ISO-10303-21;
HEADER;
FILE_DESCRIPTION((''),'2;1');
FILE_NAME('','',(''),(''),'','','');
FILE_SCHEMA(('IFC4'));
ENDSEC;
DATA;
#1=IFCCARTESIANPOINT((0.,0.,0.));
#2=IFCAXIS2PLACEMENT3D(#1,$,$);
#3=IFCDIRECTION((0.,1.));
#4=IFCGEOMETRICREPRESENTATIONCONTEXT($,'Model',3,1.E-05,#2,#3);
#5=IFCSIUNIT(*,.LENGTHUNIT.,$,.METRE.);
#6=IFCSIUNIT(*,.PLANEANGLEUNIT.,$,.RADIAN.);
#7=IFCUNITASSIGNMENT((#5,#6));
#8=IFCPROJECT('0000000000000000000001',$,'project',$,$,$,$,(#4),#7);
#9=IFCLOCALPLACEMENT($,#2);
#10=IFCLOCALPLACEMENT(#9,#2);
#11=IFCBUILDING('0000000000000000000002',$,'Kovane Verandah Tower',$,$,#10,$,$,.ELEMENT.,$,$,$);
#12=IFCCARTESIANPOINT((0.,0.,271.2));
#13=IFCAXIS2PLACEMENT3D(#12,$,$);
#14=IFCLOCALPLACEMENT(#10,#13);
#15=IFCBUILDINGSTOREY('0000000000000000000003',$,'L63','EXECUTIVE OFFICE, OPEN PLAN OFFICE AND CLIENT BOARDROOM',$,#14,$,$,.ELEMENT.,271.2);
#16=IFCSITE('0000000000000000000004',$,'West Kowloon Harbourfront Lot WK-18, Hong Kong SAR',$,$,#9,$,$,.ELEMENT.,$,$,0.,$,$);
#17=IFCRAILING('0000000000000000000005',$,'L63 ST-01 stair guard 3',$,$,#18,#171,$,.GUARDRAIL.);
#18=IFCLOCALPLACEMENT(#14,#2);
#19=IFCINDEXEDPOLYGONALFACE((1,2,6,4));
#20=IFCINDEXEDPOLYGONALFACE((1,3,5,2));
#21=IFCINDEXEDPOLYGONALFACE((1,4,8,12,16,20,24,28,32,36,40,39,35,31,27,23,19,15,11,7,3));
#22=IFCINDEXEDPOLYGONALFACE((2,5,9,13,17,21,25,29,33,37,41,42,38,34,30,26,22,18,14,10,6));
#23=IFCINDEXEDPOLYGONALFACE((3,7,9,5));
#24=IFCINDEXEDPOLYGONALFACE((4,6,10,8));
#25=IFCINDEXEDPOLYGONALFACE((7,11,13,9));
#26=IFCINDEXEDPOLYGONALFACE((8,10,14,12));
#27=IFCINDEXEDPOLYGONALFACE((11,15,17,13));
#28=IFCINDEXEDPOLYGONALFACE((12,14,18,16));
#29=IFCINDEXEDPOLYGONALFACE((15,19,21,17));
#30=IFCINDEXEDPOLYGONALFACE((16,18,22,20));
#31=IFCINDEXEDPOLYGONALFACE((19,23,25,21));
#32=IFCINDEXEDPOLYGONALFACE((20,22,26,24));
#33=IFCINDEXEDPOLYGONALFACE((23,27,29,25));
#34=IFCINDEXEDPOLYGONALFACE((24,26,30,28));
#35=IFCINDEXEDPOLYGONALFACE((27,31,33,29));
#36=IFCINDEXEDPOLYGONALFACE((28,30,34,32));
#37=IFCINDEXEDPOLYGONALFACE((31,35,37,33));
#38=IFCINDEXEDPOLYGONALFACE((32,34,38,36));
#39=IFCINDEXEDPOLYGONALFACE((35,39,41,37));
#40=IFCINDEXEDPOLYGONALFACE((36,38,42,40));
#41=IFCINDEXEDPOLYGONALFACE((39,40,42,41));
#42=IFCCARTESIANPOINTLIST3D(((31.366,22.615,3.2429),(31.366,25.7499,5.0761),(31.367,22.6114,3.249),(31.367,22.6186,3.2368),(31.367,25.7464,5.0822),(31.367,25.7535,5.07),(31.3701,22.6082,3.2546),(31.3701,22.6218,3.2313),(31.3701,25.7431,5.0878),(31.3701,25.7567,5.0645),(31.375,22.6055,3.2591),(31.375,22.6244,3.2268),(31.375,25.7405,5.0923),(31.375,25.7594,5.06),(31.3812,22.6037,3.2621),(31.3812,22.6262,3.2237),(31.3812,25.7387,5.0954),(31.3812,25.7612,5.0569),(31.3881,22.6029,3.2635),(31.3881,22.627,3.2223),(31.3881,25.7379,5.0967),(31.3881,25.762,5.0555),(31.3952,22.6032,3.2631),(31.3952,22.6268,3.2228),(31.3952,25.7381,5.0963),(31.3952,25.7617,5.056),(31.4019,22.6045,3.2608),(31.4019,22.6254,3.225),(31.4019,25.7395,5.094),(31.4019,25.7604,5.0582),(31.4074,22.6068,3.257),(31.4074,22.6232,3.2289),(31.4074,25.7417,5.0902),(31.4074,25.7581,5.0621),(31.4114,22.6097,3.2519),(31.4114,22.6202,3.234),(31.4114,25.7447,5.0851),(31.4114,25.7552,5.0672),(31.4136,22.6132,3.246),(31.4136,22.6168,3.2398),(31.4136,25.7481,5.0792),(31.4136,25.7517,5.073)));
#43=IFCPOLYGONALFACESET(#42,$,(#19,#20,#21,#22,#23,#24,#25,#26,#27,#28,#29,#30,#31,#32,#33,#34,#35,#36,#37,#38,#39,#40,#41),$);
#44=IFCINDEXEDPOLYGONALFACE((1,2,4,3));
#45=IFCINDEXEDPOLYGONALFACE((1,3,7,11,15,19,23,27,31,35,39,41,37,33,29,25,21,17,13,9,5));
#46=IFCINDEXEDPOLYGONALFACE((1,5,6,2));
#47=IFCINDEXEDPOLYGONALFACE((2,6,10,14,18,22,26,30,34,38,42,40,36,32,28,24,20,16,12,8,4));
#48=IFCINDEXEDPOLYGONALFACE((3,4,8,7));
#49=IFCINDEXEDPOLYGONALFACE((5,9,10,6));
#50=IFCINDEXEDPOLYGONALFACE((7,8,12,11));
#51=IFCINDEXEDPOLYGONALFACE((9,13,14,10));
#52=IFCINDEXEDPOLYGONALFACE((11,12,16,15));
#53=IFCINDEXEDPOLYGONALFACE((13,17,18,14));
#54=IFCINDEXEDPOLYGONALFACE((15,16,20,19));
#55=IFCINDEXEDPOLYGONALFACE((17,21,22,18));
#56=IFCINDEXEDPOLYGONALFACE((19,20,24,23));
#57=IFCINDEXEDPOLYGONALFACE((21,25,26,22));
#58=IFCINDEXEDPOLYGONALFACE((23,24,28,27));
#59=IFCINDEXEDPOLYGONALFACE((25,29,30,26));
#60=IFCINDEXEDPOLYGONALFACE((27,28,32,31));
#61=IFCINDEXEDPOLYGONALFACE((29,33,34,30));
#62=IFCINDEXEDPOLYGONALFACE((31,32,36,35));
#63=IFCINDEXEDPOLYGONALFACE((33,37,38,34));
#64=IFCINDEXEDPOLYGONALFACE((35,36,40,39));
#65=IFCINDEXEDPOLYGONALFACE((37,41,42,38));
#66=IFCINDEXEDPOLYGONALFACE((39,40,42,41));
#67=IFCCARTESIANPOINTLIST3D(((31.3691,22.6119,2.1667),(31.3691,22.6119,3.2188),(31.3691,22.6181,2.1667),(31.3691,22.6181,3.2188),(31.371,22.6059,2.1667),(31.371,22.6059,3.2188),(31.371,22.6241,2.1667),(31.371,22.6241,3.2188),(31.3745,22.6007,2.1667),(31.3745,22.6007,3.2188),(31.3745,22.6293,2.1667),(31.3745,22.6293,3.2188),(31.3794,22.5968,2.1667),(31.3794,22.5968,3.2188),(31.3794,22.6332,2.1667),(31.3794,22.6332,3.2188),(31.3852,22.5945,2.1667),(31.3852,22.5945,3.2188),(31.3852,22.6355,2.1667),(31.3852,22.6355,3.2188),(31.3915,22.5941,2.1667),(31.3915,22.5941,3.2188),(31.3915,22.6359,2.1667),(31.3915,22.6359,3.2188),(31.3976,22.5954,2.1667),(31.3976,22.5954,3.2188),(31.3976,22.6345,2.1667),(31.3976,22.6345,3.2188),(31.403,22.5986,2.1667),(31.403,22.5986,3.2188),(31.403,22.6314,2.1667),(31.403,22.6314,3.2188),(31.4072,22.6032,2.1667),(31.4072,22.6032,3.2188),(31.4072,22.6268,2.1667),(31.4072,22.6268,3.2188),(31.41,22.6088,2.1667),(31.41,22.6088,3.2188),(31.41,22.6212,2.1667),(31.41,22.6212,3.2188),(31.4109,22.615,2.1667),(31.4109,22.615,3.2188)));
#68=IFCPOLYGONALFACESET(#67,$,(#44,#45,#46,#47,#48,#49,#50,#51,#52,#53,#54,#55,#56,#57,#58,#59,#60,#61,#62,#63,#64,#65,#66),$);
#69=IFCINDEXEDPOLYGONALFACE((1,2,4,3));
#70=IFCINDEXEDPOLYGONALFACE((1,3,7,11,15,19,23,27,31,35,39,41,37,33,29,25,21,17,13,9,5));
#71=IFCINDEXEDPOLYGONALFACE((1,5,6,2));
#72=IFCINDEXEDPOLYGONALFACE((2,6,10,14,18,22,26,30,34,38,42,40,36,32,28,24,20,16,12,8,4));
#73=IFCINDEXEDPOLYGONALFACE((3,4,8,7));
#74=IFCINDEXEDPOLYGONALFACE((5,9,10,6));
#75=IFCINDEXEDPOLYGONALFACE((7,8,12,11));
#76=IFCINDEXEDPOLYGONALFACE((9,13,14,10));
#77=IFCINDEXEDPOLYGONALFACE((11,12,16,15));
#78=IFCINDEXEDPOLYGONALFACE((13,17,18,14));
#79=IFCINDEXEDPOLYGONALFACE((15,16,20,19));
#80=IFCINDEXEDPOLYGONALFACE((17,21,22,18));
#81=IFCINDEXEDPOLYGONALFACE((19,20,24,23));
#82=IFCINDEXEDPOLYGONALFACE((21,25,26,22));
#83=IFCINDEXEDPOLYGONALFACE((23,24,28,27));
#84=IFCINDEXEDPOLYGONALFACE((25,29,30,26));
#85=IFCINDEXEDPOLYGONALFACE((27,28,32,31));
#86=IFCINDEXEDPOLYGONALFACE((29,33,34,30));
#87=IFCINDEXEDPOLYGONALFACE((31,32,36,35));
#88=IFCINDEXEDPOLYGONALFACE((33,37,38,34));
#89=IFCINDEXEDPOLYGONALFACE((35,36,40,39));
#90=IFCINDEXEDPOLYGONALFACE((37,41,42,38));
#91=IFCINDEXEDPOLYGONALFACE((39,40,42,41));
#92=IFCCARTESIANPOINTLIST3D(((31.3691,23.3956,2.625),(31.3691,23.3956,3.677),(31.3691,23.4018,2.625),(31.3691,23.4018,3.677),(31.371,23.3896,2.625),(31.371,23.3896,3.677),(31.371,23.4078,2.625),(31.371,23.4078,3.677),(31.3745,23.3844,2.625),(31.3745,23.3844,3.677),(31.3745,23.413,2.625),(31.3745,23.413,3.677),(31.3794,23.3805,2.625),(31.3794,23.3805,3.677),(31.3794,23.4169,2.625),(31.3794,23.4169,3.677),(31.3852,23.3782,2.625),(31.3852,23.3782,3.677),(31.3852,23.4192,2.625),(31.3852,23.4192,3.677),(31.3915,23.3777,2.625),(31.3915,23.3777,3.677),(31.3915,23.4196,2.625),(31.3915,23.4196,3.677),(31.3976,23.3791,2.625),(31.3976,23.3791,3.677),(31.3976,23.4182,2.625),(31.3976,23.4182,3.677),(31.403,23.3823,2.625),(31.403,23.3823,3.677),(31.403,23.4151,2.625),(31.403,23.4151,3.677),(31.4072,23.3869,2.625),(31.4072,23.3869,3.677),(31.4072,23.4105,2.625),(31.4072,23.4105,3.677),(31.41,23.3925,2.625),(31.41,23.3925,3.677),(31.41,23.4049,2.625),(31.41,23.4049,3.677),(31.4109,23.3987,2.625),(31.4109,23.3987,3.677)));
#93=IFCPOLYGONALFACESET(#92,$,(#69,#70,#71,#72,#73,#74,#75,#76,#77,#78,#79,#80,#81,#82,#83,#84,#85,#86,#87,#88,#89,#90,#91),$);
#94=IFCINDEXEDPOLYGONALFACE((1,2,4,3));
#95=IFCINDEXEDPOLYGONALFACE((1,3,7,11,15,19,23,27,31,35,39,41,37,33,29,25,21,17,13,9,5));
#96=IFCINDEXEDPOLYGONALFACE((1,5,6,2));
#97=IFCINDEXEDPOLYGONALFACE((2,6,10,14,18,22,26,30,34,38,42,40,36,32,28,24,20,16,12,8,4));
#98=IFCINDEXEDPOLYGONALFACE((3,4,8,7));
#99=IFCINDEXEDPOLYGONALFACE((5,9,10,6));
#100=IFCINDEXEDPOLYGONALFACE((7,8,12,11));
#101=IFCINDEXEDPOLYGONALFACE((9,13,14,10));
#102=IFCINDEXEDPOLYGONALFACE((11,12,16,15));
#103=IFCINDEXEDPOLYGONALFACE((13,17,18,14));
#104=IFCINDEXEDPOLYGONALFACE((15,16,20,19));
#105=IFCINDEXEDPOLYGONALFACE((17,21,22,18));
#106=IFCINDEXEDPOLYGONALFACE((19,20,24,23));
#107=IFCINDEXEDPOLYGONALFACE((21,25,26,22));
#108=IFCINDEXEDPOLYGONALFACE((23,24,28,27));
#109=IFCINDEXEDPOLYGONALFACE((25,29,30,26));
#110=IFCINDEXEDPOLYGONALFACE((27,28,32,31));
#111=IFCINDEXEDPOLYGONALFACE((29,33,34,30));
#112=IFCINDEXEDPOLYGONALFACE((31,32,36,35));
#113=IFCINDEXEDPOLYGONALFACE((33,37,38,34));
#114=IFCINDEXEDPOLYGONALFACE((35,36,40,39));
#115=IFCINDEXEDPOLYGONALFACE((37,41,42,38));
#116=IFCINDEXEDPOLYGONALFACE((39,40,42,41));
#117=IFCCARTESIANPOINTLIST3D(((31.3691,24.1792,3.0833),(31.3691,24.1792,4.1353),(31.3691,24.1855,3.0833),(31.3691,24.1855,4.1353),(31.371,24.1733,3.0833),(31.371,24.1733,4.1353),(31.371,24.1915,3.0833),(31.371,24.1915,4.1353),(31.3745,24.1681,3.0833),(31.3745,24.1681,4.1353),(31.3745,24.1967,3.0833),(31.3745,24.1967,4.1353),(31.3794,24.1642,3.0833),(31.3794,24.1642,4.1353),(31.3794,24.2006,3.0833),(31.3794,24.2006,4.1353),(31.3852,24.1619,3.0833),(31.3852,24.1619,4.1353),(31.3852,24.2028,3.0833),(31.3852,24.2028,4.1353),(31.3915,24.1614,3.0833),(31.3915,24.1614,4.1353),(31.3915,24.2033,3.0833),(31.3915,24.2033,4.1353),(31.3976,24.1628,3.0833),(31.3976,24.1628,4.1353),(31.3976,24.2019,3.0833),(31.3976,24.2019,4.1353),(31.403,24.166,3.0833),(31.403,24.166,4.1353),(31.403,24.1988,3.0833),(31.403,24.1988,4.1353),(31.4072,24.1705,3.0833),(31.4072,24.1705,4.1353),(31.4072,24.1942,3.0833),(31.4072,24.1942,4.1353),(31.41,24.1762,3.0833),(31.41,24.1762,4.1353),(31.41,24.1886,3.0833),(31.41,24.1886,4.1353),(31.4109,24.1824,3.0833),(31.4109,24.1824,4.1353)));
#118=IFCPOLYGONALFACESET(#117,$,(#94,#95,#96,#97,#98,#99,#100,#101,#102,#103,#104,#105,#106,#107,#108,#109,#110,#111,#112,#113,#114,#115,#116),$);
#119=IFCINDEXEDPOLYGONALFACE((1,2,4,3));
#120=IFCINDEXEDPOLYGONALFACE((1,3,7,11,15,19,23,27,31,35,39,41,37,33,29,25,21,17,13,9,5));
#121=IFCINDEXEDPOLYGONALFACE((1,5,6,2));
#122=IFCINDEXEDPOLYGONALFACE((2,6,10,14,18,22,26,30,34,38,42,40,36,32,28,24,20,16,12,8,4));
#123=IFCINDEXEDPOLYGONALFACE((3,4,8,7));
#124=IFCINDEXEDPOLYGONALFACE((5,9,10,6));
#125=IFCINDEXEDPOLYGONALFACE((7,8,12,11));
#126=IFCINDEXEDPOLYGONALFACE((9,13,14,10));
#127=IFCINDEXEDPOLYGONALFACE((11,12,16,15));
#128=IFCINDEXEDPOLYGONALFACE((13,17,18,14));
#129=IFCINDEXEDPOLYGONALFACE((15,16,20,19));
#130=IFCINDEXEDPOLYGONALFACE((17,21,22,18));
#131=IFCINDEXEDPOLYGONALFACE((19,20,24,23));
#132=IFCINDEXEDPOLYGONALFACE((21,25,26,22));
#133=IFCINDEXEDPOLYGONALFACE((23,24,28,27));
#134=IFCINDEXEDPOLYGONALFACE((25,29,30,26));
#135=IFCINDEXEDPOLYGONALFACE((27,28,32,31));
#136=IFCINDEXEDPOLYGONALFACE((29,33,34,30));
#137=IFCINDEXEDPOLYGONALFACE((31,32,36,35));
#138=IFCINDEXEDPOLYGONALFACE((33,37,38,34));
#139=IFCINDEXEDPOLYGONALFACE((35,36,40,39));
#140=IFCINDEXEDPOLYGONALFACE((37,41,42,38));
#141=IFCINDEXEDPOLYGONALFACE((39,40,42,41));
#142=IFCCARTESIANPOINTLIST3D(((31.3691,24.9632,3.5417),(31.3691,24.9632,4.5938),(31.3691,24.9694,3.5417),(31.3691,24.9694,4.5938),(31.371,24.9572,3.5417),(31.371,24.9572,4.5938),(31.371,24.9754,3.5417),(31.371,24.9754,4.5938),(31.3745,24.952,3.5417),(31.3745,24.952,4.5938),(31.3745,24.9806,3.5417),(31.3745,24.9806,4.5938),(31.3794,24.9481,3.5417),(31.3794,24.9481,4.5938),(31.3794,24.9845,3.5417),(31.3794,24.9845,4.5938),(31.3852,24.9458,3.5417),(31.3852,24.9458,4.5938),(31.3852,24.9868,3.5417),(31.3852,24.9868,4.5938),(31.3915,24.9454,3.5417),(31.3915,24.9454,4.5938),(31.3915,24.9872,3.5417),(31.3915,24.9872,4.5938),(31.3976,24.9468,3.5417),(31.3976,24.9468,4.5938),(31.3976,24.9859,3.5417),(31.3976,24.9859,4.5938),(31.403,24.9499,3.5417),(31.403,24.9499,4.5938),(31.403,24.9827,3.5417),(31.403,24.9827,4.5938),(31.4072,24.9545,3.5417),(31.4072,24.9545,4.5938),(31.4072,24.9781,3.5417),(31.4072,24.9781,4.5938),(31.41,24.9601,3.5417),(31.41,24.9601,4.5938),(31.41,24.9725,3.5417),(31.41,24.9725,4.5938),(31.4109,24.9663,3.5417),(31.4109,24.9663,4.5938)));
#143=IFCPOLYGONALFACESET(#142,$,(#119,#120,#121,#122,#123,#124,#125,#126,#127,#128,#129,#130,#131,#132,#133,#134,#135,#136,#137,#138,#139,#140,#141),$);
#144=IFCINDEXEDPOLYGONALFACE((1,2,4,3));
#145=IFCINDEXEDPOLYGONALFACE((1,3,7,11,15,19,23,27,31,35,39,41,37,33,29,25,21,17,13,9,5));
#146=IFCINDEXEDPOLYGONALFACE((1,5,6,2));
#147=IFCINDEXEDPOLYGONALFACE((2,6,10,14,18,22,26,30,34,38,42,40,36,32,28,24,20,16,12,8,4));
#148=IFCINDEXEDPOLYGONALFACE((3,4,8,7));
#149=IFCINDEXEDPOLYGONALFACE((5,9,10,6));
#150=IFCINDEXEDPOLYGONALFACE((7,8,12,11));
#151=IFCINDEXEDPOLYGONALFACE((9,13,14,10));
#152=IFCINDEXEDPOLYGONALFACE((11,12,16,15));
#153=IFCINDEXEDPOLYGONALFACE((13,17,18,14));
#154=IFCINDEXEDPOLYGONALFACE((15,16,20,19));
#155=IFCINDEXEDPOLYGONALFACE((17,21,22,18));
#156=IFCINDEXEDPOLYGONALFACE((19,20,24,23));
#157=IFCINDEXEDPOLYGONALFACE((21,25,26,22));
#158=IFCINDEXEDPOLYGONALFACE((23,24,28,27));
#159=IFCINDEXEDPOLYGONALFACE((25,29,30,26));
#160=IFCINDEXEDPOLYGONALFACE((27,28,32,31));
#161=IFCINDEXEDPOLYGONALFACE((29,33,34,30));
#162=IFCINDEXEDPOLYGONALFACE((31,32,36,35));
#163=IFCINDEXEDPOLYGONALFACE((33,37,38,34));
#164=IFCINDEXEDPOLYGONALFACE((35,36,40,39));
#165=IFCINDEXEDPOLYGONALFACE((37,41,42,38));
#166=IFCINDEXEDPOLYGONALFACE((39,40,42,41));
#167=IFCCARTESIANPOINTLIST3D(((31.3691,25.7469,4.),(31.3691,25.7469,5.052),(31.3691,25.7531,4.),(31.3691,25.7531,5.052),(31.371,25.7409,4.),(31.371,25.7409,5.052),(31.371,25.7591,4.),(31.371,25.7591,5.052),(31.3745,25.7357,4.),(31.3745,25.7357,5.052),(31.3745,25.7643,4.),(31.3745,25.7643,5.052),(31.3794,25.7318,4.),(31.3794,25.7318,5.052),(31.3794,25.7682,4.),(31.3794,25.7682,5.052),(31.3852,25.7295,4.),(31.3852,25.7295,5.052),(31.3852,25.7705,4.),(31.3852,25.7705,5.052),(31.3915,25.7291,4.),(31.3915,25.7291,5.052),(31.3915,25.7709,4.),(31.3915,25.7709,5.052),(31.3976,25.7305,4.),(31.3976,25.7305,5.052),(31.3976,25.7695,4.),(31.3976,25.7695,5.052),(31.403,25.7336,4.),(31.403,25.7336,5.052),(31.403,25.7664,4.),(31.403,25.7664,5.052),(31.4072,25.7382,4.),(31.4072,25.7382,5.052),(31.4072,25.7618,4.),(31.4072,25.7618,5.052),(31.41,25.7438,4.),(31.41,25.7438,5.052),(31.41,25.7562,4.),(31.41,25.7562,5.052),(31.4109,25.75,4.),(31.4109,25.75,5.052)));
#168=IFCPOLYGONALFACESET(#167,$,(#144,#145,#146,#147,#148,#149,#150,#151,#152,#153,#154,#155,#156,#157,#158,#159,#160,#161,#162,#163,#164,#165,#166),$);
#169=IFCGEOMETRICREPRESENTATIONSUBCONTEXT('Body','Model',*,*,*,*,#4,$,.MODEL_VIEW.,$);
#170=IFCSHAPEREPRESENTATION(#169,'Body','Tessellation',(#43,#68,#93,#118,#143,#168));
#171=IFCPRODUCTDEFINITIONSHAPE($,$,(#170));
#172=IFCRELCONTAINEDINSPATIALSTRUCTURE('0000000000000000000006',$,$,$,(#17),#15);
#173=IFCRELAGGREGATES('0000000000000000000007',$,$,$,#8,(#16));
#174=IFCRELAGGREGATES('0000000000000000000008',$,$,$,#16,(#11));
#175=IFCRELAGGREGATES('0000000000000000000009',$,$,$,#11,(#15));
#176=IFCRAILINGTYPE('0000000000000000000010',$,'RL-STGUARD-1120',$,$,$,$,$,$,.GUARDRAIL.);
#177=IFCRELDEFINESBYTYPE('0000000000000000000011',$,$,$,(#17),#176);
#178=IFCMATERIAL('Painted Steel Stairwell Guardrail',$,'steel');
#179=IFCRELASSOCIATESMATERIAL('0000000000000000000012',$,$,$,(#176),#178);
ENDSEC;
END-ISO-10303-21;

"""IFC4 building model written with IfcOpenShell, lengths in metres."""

from ifc_helpers import new_model, si_unit, direction, frame, origin, origin_2d, place, context, subcontext, project, spatial, circle, extrude, material, type_object, element, save


model = new_model("IFC4")

# Units and contexts
model_context = context("Model", 3, precision=1e-05, world=origin(), true_north=direction((0.0, 1.0)))
body_context = subcontext(model_context, "Body", "Model", "MODEL_VIEW")
ifc_project = project(units=[si_unit("LENGTHUNIT", "METRE"), si_unit("PLANEANGLEUNIT", "RADIAN")], contexts=[model_context])

# Site, building, storey
site_placement = place(None, origin())
site = spatial("IfcSite", under=ifc_project, at=site_placement, Name="West Kowloon Harbourfront Lot WK-18, Hong Kong SAR", CompositionType="ELEMENT", RefElevation=0.0)
building_placement = place(site_placement, origin())
building = spatial("IfcBuilding", under=site, at=building_placement, Name="Kovane Verandah Tower", CompositionType="ELEMENT")
storey_placement = place(building_placement, frame((0.0, 0.0, 271.2)))
storey = spatial("IfcBuildingStorey", under=building, at=storey_placement, Name="L63", Description="EXECUTIVE OFFICE, OPEN PLAN OFFICE AND CLIENT BOARDROOM", CompositionType="ELEMENT", Elevation=271.2)

# Railing
ifc_material_1 = material(Name="Painted Steel Stairwell Guardrail", Category="steel")
railing_type_1 = type_object("IfcRailingType", Name="RL-STGUARD-1120", PredefinedType="GUARDRAIL", material=ifc_material_1)
railing_1_placement = place(storey_placement, frame((31.3899, 22.615, 2.1667)))
element("IfcRailing", 1, at=railing_1_placement, inside=storey, type_object=railing_type_1, Name="L63 ST-01 stair guard 3", PredefinedType="GUARDRAIL", context=body_context, shape_type="SweptSolid", body=[
    extrude(circle(Radius=0.0239, at=origin_2d()), frame((0.0, 0.0, 1.0762), z_axis=(0.0, 0.86324, 0.504794), x_axis=(-1.0, 0.0, 0.0)), (0.0, 0.0, 1.0), 3.6316),
    extrude(circle(Radius=0.021, at=origin_2d()), origin(), (0.0, 0.0, 1.0), 1.052),
    extrude(circle(Radius=0.021, at=origin_2d()), frame((0.0, 0.7837, 0.4583)), (0.0, 0.0, 1.0), 1.052),
    extrude(circle(Radius=0.021, at=origin_2d()), frame((0.0, 1.5674, 0.9165)), (0.0, 0.0, 1.0), 1.052),
    extrude(circle(Radius=0.021, at=origin_2d()), frame((0.0, 2.3513, 1.375)), (0.0, 0.0, 1.0), 1.052),
    extrude(circle(Radius=0.021, at=origin_2d()), frame((0.0, 3.135, 1.8333)), (0.0, 0.0, 1.0), 1.052),
])

save(model, "model.ifc")
